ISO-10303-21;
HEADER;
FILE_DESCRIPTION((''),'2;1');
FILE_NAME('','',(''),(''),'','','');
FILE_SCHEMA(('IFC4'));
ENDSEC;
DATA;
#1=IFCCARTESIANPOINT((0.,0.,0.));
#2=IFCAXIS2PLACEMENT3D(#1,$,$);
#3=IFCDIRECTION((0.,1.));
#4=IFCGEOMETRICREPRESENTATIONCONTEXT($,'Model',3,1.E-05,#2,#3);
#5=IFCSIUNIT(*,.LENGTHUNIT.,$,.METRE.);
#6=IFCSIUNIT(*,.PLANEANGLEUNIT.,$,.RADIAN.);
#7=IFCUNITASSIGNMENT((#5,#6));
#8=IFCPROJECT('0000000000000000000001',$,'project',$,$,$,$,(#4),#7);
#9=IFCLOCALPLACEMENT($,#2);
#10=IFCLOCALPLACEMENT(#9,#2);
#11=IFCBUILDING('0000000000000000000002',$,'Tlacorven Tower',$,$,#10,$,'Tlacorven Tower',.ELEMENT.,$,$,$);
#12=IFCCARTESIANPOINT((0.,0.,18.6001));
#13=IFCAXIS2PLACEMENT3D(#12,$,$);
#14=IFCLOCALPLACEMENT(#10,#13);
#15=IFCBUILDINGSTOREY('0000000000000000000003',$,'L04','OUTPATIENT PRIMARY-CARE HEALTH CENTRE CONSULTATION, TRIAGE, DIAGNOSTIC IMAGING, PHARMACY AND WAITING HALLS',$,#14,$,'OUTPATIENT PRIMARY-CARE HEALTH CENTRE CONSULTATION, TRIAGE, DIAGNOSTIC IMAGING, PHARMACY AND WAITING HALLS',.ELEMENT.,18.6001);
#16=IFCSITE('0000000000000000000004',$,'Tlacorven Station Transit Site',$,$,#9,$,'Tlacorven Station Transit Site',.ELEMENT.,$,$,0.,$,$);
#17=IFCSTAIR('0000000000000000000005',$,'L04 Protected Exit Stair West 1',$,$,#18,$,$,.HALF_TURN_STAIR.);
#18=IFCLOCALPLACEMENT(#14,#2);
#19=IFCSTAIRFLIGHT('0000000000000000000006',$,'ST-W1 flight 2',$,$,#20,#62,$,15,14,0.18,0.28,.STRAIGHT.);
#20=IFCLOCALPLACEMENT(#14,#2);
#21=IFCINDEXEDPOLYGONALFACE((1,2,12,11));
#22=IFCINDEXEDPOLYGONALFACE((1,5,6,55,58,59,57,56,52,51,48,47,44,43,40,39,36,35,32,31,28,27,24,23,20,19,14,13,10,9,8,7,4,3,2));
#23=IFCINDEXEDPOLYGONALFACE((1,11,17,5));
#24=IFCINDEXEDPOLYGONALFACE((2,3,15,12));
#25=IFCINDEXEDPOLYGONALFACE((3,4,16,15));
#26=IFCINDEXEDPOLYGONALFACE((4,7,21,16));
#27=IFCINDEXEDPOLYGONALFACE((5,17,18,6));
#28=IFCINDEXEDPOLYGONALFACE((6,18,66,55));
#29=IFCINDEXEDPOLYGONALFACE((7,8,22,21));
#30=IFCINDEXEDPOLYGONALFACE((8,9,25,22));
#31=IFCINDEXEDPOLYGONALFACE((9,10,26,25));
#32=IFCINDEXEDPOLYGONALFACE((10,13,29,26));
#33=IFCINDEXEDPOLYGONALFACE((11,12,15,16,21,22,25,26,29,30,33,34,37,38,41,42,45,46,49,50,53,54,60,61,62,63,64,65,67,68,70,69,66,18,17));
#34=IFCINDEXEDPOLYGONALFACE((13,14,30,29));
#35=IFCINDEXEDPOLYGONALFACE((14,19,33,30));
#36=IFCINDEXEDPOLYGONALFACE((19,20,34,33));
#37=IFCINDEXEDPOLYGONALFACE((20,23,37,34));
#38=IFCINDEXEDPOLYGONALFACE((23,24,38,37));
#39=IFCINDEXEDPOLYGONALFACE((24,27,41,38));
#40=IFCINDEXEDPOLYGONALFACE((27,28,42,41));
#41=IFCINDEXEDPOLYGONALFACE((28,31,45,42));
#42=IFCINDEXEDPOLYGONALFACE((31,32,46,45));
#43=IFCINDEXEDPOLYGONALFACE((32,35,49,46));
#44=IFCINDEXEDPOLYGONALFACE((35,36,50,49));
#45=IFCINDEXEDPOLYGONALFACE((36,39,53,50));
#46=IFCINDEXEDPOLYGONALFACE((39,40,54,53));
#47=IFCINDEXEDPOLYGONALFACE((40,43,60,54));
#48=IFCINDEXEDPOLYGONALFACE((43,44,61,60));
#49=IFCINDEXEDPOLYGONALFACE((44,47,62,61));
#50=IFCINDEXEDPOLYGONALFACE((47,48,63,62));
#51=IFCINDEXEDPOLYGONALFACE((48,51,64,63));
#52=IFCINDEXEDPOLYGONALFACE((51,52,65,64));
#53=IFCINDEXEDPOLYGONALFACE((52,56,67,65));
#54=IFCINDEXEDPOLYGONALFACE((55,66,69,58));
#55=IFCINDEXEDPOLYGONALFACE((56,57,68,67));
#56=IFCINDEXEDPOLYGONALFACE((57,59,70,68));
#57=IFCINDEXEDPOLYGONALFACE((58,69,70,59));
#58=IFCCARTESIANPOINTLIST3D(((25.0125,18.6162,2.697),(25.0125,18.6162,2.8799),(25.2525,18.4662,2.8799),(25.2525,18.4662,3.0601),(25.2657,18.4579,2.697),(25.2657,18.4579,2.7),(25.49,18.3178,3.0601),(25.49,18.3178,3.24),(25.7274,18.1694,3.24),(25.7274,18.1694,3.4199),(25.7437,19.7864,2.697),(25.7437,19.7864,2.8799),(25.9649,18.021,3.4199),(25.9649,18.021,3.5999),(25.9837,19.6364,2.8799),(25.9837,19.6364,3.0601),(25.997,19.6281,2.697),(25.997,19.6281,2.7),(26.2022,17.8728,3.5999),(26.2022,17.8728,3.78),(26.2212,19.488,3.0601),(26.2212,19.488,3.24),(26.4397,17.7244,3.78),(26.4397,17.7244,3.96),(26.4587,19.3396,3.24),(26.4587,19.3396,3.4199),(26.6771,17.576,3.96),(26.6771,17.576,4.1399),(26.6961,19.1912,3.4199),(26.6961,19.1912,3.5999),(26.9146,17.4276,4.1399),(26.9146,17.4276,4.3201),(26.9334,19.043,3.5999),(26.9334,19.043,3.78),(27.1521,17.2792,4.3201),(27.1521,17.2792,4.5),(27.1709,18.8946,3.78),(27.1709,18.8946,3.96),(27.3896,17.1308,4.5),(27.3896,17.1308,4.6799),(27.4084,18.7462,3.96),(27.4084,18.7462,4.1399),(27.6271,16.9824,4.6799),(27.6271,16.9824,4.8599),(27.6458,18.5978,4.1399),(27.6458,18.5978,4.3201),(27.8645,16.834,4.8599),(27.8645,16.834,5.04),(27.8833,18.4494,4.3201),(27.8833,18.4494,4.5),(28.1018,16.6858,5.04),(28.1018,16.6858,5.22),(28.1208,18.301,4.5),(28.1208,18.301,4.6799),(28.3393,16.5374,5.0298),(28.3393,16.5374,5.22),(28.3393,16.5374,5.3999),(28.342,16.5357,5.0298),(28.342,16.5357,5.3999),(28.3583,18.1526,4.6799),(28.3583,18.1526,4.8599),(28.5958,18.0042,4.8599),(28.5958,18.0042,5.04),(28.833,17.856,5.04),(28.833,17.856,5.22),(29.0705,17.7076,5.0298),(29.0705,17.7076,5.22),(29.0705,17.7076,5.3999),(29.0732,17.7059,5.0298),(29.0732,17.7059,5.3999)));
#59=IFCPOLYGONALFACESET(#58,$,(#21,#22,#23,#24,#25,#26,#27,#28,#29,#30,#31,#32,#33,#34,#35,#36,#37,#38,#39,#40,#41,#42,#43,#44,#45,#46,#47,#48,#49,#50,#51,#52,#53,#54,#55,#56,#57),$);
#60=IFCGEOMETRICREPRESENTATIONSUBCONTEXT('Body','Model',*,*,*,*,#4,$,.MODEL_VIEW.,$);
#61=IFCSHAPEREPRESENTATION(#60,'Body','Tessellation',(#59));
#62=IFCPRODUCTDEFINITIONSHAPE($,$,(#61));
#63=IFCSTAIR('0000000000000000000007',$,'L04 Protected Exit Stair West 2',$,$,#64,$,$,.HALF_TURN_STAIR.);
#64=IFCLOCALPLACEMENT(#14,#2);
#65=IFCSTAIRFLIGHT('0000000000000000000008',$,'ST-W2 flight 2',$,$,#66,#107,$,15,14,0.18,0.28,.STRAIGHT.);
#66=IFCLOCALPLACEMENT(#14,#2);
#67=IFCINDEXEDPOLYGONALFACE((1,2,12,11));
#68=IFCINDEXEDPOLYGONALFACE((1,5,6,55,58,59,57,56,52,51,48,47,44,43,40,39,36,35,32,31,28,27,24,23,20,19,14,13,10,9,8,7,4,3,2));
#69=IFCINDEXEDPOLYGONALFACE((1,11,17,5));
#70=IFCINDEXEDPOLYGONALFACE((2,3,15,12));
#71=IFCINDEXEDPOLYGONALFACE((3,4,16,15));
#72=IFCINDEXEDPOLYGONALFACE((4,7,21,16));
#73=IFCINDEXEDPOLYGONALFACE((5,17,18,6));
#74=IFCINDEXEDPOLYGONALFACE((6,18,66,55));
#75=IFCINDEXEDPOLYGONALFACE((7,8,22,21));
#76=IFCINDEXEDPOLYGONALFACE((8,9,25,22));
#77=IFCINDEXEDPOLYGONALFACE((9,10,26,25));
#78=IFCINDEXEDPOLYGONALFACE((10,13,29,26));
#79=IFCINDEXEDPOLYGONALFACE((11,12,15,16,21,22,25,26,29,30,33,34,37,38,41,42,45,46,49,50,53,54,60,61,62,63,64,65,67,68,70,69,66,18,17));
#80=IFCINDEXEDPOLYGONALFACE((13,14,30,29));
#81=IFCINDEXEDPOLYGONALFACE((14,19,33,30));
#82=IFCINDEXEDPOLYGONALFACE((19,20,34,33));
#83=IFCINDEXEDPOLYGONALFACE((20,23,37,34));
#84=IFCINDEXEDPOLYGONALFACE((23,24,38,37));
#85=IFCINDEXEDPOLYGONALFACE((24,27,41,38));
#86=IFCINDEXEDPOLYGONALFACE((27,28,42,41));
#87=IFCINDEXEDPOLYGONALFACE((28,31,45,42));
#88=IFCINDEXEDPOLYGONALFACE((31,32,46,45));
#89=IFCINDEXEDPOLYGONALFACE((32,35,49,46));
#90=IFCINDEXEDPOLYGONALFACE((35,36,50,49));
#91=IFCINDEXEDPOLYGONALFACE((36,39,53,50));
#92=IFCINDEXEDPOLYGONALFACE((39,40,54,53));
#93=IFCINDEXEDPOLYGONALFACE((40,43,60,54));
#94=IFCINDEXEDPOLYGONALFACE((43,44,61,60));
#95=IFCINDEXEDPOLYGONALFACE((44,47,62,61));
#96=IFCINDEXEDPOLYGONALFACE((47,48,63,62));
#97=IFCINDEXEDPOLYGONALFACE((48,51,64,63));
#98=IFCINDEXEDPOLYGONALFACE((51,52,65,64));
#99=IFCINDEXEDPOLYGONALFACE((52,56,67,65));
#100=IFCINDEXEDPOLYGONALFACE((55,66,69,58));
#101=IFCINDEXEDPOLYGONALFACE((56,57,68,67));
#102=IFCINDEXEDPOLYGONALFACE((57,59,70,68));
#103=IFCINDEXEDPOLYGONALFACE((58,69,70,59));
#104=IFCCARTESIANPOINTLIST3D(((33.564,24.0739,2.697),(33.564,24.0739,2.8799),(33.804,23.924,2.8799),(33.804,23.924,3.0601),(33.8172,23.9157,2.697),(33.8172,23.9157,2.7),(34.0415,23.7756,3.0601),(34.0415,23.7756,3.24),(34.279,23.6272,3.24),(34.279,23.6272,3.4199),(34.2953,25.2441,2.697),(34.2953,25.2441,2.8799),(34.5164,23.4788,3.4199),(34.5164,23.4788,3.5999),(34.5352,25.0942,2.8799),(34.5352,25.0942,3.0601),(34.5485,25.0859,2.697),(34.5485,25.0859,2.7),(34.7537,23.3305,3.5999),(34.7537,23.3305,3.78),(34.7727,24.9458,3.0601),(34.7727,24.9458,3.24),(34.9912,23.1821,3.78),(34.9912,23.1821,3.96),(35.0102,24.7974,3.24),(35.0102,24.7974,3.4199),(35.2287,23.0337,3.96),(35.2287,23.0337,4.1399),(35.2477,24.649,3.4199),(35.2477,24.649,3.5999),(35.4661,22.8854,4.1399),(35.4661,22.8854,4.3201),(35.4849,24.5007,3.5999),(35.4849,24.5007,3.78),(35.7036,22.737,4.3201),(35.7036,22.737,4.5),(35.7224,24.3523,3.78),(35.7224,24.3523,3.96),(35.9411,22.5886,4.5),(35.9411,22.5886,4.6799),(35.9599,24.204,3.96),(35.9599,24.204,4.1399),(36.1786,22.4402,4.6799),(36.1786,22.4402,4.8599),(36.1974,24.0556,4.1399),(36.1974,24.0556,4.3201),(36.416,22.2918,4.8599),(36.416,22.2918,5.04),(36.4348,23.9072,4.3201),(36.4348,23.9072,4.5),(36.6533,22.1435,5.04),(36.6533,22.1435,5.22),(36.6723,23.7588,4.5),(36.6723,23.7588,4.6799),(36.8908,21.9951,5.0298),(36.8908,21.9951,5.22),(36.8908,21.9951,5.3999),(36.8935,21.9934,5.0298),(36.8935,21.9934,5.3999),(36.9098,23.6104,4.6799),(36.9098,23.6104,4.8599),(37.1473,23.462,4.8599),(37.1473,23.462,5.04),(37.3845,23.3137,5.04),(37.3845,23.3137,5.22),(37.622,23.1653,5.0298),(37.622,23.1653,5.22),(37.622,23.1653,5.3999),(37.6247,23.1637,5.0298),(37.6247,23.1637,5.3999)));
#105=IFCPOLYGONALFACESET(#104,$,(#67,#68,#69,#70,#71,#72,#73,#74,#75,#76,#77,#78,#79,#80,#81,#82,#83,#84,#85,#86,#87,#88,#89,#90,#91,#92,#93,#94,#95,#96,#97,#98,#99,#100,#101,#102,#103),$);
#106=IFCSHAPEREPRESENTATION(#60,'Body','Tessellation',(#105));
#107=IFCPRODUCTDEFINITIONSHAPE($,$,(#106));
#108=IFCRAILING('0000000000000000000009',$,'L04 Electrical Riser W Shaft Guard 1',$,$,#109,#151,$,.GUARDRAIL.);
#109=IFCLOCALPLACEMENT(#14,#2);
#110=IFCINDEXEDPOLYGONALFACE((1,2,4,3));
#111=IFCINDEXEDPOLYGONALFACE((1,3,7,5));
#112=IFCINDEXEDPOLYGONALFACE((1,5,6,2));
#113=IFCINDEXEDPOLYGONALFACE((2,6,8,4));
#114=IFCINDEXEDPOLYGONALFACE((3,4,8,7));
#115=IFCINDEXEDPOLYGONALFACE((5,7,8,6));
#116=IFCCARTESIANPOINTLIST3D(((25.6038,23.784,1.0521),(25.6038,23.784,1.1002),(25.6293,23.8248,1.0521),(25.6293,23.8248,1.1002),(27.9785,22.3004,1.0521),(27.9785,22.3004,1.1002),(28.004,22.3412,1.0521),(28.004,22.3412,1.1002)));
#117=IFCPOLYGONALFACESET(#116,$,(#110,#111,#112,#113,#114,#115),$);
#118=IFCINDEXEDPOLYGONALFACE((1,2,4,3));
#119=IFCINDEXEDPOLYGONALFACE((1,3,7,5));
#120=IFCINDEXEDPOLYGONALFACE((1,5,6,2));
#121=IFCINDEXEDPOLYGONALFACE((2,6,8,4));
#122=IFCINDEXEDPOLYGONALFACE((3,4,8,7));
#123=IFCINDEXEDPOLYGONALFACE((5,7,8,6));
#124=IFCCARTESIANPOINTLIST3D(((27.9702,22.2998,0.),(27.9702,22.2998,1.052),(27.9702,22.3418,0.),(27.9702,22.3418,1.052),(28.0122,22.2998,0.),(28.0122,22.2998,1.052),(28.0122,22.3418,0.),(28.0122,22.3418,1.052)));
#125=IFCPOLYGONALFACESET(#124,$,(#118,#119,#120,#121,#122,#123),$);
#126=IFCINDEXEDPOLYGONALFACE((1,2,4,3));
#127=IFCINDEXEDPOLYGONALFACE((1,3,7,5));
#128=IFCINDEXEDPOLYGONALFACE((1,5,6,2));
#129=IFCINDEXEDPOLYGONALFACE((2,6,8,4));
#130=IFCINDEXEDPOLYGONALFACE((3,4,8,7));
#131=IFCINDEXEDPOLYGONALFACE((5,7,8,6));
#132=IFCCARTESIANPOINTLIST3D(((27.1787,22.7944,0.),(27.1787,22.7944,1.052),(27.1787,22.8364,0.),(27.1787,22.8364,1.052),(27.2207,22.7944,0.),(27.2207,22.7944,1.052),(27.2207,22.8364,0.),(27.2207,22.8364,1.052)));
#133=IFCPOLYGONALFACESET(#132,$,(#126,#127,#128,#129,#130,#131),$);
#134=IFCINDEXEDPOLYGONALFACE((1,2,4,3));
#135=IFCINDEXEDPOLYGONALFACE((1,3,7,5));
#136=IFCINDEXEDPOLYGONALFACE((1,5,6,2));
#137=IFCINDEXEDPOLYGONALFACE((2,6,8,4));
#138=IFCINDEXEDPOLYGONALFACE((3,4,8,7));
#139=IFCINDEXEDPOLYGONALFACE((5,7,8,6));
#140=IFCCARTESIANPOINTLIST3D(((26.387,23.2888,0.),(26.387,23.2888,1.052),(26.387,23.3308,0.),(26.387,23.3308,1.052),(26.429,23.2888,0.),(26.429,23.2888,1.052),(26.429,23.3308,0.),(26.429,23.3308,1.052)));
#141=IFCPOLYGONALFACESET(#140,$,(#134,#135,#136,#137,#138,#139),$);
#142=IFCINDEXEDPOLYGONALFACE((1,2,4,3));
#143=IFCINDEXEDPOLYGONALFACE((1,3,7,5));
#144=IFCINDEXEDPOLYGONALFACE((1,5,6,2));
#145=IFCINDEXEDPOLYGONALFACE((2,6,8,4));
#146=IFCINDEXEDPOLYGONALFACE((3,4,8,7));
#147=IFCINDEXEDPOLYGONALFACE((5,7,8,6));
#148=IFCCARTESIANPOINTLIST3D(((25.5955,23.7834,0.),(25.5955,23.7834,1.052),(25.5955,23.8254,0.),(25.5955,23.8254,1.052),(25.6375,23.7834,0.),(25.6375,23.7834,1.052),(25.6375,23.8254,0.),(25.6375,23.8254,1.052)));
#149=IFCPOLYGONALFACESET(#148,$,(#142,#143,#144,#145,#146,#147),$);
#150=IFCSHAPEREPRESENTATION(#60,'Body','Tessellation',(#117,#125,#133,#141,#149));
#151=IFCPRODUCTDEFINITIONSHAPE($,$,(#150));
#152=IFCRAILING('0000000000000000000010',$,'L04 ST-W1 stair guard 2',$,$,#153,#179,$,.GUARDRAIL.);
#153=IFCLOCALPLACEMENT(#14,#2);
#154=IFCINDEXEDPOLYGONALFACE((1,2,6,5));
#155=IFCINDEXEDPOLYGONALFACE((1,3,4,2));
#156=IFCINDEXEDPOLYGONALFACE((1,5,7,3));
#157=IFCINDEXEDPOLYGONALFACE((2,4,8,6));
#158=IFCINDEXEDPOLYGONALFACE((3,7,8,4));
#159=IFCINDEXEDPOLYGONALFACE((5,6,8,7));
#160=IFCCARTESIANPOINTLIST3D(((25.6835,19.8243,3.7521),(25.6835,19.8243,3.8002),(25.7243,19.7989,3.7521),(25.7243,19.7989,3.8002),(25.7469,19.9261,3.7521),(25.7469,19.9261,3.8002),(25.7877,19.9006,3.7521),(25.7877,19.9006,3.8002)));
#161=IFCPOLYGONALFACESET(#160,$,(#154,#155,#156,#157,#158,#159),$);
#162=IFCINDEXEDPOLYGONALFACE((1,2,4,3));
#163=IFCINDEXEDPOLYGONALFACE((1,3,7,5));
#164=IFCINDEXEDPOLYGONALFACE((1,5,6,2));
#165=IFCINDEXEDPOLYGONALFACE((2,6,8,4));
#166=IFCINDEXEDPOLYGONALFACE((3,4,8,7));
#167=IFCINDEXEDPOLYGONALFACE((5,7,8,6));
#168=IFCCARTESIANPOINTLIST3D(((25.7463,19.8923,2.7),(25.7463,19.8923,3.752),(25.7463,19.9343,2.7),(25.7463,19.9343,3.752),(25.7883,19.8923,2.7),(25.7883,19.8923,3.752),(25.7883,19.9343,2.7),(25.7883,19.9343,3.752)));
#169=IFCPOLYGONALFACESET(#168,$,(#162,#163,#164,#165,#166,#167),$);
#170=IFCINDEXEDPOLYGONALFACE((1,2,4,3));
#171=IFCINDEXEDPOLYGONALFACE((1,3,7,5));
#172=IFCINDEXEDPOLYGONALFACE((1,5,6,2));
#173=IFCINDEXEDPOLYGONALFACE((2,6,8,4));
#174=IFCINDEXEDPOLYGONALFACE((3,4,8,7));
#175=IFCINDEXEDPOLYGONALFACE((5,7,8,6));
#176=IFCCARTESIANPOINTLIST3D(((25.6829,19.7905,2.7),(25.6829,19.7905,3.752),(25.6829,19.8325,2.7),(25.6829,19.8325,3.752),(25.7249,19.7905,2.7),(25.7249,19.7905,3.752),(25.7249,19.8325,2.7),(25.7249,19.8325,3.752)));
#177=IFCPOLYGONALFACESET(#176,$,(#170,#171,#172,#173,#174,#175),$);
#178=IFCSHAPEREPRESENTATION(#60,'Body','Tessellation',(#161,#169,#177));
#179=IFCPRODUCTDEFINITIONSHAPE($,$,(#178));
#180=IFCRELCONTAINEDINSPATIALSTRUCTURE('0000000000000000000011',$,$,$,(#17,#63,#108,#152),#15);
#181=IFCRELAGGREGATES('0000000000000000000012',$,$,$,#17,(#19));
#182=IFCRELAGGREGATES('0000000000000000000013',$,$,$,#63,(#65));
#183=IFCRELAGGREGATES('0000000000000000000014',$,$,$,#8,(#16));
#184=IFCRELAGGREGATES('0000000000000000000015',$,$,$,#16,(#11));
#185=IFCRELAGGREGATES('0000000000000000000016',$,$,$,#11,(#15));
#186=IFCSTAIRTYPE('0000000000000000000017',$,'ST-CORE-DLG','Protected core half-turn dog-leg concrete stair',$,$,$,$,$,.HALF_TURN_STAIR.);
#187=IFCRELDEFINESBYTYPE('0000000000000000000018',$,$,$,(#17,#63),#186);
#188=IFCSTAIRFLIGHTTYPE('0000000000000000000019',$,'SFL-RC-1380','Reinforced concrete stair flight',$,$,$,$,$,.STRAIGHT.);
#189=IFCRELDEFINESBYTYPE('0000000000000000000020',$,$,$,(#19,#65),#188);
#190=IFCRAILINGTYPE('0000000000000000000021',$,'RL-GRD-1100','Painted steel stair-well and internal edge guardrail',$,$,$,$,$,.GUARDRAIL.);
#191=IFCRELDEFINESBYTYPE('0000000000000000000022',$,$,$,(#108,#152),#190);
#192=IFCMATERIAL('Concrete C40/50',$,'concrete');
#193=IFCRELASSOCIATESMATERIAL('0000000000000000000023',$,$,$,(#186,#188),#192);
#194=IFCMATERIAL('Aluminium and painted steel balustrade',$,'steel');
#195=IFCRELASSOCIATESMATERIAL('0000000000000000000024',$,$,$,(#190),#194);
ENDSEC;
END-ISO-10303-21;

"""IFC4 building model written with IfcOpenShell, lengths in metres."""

from ifc_helpers import new_model, si_unit, direction, frame, origin, origin_2d, place, context, subcontext, project, spatial, polyline, rectangle, outline, extrude, source, transform, mapped, material, type_object, element, aggregate, save


model = new_model("IFC4")

# Units and contexts
model_context = context("Model", 3, precision=1e-05, world=origin(), true_north=direction((0.0, 1.0)))
body_context = subcontext(model_context, "Body", "Model", "MODEL_VIEW")
ifc_project = project(units=[si_unit("LENGTHUNIT", "METRE"), si_unit("PLANEANGLEUNIT", "RADIAN")], contexts=[model_context])

# Site, building, storey
site_placement = place(None, origin())
site = spatial("IfcSite", under=ifc_project, at=site_placement, Name="Tlacorven Station Transit Site", LongName="Tlacorven Station Transit Site", CompositionType="ELEMENT", RefElevation=0.0)
building_placement = place(site_placement, origin())
building = spatial("IfcBuilding", under=site, at=building_placement, Name="Tlacorven Tower", LongName="Tlacorven Tower", CompositionType="ELEMENT")
storey_placement = place(building_placement, frame((0.0, 0.0, 18.6001)))
storey = spatial("IfcBuildingStorey", under=building, at=storey_placement, Name="L04", Description="OUTPATIENT PRIMARY-CARE HEALTH CENTRE CONSULTATION, TRIAGE, DIAGNOSTIC IMAGING, PHARMACY AND WAITING HALLS", LongName="OUTPATIENT PRIMARY-CARE HEALTH CENTRE CONSULTATION, TRIAGE, DIAGNOSTIC IMAGING, PHARMACY AND WAITING HALLS", CompositionType="ELEMENT", Elevation=18.6001)

# Shared definitions
ifc_material_1 = material(Name="Concrete C40/50", Category="concrete")

# Stairs, stair flights
stair_type = type_object("IfcStairType", Name="ST-CORE-DLG", Description="Protected core half-turn dog-leg concrete stair", PredefinedType="HALF_TURN_STAIR", material=ifc_material_1)
stair_1_placement = place(storey_placement, origin())
stair_1 = element("IfcStair", 1, at=stair_1_placement, inside=storey, type_object=stair_type, Name="L04 Protected Exit Stair West 1", PredefinedType="HALF_TURN_STAIR")
stair_flight_type = type_object("IfcStairFlightType", Name="SFL-RC-1380", Description="Reinforced concrete stair flight", PredefinedType="STRAIGHT", material=ifc_material_1)
shared_shape_1 = source(origin(), body_context, "Body", "SweptSolid", [
    extrude(outline(polyline([(-0.0029, -0.0029), (-0.0029, 0.1799), (0.28, 0.1799), (0.28, 0.3601), (0.5601, 0.3601), (0.5601, 0.54), (0.8401, 0.54), (0.8401, 0.72), (1.1201, 0.72), (1.1201, 0.8999), (1.3999, 0.8999), (1.3999, 1.0801), (1.6799, 1.0801), (1.6799, 1.26), (1.96, 1.26), (1.96, 1.4399), (2.24, 1.4399), (2.24, 1.6201), (2.52, 1.6201), (2.52, 1.8), (2.8, 1.8), (2.8, 1.98), (3.0801, 1.98), (3.0801, 2.1599), (3.3601, 2.1599), (3.3601, 2.3401), (3.6399, 2.3401), (3.6399, 2.52), (3.9199, 2.52), (3.9199, 2.7), (3.9231, 2.7), (3.9231, 2.3298), (3.9199, 2.3298), (0.2957, 0.0), (0.2957, -0.0029), (-0.0029, -0.0029)])), frame((0.0, 0.6899, 0.0), z_axis=(0.0, -1.0, 0.0), x_axis=(1.0, 0.0, 0.0)), (0.0, 0.0, 1.0), 1.3799),
])
stair_flight_1_placement = place(storey_placement, frame((25.3806, 19.1997, 2.7), z_axis=(0.0, 0.0, 1.0), x_axis=(0.848048, -0.529919, 0.0)))
stair_flight_1 = element("IfcStairFlight", 2, at=stair_flight_1_placement, type_object=stair_flight_type, Name="ST-W1 flight 2", NumberOfRisers=15, NumberOfTreads=14, PredefinedType="STRAIGHT", RiserHeight=0.18, TreadLength=0.28, context=body_context, shape_type="MappedRepresentation", body=[
    mapped(shared_shape_1, transform((0.0, 0.0, 0.0), scale=1.0)),
])
aggregate(stair_1, [stair_flight_1])
stair_2_placement = place(storey_placement, origin())
stair_2 = element("IfcStair", 3, at=stair_2_placement, inside=storey, type_object=stair_type, Name="L04 Protected Exit Stair West 2", PredefinedType="HALF_TURN_STAIR")
stair_flight_2_placement = place(storey_placement, frame((33.9321, 24.6575, 2.7), z_axis=(0.0, 0.0, 1.0), x_axis=(0.848048, -0.529919, 0.0)))
stair_flight_2 = element("IfcStairFlight", 4, at=stair_flight_2_placement, type_object=stair_flight_type, Name="ST-W2 flight 2", NumberOfRisers=15, NumberOfTreads=14, PredefinedType="STRAIGHT", RiserHeight=0.18, TreadLength=0.28, context=body_context, shape_type="MappedRepresentation", body=[
    mapped(shared_shape_1, transform((0.0, 0.0, 0.0), scale=1.0)),
])
aggregate(stair_2, [stair_flight_2])

# Railings
ifc_material_2 = material(Name="Aluminium and painted steel balustrade", Category="steel")
railing_type_1 = type_object("IfcRailingType", Name="RL-GRD-1100", Description="Painted steel stair-well and internal edge guardrail", PredefinedType="GUARDRAIL", material=ifc_material_2)
shared_shape_2 = source(origin(), body_context, "Body", "SweptSolid", [
    extrude(rectangle(XDim=0.0481, YDim=0.0481, at=origin_2d()), frame((0.0, 0.0, 1.0762), z_axis=(-0.848091, 0.52985, 0.0), x_axis=(-0.52985, -0.848091, 0.0)), (0.0, 0.0, 1.0), 2.8),
    extrude(rectangle(XDim=0.042, YDim=0.042, at=origin_2d()), origin(), (0.0, 0.0, 1.0), 1.052),
    extrude(rectangle(XDim=0.042, YDim=0.042, at=origin_2d()), frame((-0.7915, 0.4946, 0.0)), (0.0, 0.0, 1.0), 1.052),
    extrude(rectangle(XDim=0.042, YDim=0.042, at=origin_2d()), frame((-1.5833, 0.989, 0.0)), (0.0, 0.0, 1.0), 1.052),
    extrude(rectangle(XDim=0.042, YDim=0.042, at=origin_2d()), frame((-2.3748, 1.4836, 0.0)), (0.0, 0.0, 1.0), 1.052),
])
railing_1_placement = place(storey_placement, frame((27.9912, 22.3208, 0.0)))
element("IfcRailing", 5, at=railing_1_placement, inside=storey, type_object=railing_type_1, Name="L04 Electrical Riser W Shaft Guard 1", PredefinedType="GUARDRAIL", context=body_context, shape_type="MappedRepresentation", body=[
    mapped(shared_shape_2, transform((0.0, 0.0, 0.0), scale=1.0)),
])
shared_shape_3 = source(origin(), body_context, "Body", "SweptSolid", [
    extrude(rectangle(XDim=0.0481, YDim=0.0481, at=origin_2d()), frame((0.0, 0.0, 1.0762), z_axis=(-0.529084, -0.848569, 0.0), x_axis=(0.848569, -0.529084, 0.0)), (0.0, 0.0, 1.0), 0.1199),
    extrude(rectangle(XDim=0.042, YDim=0.042, at=origin_2d()), origin(), (0.0, 0.0, 1.0), 1.052),
    extrude(rectangle(XDim=0.042, YDim=0.042, at=origin_2d()), frame((-0.0635, -0.1018, 0.0)), (0.0, 0.0, 1.0), 1.052),
])
railing_2_placement = place(storey_placement, frame((25.7673, 19.9133, 2.7)))
element("IfcRailing", 6, at=railing_2_placement, inside=storey, type_object=railing_type_1, Name="L04 ST-W1 stair guard 2", PredefinedType="GUARDRAIL", context=body_context, shape_type="MappedRepresentation", body=[
    mapped(shared_shape_3, transform((0.0, 0.0, 0.0), scale=1.0)),
])

save(model, "model.ifc")
